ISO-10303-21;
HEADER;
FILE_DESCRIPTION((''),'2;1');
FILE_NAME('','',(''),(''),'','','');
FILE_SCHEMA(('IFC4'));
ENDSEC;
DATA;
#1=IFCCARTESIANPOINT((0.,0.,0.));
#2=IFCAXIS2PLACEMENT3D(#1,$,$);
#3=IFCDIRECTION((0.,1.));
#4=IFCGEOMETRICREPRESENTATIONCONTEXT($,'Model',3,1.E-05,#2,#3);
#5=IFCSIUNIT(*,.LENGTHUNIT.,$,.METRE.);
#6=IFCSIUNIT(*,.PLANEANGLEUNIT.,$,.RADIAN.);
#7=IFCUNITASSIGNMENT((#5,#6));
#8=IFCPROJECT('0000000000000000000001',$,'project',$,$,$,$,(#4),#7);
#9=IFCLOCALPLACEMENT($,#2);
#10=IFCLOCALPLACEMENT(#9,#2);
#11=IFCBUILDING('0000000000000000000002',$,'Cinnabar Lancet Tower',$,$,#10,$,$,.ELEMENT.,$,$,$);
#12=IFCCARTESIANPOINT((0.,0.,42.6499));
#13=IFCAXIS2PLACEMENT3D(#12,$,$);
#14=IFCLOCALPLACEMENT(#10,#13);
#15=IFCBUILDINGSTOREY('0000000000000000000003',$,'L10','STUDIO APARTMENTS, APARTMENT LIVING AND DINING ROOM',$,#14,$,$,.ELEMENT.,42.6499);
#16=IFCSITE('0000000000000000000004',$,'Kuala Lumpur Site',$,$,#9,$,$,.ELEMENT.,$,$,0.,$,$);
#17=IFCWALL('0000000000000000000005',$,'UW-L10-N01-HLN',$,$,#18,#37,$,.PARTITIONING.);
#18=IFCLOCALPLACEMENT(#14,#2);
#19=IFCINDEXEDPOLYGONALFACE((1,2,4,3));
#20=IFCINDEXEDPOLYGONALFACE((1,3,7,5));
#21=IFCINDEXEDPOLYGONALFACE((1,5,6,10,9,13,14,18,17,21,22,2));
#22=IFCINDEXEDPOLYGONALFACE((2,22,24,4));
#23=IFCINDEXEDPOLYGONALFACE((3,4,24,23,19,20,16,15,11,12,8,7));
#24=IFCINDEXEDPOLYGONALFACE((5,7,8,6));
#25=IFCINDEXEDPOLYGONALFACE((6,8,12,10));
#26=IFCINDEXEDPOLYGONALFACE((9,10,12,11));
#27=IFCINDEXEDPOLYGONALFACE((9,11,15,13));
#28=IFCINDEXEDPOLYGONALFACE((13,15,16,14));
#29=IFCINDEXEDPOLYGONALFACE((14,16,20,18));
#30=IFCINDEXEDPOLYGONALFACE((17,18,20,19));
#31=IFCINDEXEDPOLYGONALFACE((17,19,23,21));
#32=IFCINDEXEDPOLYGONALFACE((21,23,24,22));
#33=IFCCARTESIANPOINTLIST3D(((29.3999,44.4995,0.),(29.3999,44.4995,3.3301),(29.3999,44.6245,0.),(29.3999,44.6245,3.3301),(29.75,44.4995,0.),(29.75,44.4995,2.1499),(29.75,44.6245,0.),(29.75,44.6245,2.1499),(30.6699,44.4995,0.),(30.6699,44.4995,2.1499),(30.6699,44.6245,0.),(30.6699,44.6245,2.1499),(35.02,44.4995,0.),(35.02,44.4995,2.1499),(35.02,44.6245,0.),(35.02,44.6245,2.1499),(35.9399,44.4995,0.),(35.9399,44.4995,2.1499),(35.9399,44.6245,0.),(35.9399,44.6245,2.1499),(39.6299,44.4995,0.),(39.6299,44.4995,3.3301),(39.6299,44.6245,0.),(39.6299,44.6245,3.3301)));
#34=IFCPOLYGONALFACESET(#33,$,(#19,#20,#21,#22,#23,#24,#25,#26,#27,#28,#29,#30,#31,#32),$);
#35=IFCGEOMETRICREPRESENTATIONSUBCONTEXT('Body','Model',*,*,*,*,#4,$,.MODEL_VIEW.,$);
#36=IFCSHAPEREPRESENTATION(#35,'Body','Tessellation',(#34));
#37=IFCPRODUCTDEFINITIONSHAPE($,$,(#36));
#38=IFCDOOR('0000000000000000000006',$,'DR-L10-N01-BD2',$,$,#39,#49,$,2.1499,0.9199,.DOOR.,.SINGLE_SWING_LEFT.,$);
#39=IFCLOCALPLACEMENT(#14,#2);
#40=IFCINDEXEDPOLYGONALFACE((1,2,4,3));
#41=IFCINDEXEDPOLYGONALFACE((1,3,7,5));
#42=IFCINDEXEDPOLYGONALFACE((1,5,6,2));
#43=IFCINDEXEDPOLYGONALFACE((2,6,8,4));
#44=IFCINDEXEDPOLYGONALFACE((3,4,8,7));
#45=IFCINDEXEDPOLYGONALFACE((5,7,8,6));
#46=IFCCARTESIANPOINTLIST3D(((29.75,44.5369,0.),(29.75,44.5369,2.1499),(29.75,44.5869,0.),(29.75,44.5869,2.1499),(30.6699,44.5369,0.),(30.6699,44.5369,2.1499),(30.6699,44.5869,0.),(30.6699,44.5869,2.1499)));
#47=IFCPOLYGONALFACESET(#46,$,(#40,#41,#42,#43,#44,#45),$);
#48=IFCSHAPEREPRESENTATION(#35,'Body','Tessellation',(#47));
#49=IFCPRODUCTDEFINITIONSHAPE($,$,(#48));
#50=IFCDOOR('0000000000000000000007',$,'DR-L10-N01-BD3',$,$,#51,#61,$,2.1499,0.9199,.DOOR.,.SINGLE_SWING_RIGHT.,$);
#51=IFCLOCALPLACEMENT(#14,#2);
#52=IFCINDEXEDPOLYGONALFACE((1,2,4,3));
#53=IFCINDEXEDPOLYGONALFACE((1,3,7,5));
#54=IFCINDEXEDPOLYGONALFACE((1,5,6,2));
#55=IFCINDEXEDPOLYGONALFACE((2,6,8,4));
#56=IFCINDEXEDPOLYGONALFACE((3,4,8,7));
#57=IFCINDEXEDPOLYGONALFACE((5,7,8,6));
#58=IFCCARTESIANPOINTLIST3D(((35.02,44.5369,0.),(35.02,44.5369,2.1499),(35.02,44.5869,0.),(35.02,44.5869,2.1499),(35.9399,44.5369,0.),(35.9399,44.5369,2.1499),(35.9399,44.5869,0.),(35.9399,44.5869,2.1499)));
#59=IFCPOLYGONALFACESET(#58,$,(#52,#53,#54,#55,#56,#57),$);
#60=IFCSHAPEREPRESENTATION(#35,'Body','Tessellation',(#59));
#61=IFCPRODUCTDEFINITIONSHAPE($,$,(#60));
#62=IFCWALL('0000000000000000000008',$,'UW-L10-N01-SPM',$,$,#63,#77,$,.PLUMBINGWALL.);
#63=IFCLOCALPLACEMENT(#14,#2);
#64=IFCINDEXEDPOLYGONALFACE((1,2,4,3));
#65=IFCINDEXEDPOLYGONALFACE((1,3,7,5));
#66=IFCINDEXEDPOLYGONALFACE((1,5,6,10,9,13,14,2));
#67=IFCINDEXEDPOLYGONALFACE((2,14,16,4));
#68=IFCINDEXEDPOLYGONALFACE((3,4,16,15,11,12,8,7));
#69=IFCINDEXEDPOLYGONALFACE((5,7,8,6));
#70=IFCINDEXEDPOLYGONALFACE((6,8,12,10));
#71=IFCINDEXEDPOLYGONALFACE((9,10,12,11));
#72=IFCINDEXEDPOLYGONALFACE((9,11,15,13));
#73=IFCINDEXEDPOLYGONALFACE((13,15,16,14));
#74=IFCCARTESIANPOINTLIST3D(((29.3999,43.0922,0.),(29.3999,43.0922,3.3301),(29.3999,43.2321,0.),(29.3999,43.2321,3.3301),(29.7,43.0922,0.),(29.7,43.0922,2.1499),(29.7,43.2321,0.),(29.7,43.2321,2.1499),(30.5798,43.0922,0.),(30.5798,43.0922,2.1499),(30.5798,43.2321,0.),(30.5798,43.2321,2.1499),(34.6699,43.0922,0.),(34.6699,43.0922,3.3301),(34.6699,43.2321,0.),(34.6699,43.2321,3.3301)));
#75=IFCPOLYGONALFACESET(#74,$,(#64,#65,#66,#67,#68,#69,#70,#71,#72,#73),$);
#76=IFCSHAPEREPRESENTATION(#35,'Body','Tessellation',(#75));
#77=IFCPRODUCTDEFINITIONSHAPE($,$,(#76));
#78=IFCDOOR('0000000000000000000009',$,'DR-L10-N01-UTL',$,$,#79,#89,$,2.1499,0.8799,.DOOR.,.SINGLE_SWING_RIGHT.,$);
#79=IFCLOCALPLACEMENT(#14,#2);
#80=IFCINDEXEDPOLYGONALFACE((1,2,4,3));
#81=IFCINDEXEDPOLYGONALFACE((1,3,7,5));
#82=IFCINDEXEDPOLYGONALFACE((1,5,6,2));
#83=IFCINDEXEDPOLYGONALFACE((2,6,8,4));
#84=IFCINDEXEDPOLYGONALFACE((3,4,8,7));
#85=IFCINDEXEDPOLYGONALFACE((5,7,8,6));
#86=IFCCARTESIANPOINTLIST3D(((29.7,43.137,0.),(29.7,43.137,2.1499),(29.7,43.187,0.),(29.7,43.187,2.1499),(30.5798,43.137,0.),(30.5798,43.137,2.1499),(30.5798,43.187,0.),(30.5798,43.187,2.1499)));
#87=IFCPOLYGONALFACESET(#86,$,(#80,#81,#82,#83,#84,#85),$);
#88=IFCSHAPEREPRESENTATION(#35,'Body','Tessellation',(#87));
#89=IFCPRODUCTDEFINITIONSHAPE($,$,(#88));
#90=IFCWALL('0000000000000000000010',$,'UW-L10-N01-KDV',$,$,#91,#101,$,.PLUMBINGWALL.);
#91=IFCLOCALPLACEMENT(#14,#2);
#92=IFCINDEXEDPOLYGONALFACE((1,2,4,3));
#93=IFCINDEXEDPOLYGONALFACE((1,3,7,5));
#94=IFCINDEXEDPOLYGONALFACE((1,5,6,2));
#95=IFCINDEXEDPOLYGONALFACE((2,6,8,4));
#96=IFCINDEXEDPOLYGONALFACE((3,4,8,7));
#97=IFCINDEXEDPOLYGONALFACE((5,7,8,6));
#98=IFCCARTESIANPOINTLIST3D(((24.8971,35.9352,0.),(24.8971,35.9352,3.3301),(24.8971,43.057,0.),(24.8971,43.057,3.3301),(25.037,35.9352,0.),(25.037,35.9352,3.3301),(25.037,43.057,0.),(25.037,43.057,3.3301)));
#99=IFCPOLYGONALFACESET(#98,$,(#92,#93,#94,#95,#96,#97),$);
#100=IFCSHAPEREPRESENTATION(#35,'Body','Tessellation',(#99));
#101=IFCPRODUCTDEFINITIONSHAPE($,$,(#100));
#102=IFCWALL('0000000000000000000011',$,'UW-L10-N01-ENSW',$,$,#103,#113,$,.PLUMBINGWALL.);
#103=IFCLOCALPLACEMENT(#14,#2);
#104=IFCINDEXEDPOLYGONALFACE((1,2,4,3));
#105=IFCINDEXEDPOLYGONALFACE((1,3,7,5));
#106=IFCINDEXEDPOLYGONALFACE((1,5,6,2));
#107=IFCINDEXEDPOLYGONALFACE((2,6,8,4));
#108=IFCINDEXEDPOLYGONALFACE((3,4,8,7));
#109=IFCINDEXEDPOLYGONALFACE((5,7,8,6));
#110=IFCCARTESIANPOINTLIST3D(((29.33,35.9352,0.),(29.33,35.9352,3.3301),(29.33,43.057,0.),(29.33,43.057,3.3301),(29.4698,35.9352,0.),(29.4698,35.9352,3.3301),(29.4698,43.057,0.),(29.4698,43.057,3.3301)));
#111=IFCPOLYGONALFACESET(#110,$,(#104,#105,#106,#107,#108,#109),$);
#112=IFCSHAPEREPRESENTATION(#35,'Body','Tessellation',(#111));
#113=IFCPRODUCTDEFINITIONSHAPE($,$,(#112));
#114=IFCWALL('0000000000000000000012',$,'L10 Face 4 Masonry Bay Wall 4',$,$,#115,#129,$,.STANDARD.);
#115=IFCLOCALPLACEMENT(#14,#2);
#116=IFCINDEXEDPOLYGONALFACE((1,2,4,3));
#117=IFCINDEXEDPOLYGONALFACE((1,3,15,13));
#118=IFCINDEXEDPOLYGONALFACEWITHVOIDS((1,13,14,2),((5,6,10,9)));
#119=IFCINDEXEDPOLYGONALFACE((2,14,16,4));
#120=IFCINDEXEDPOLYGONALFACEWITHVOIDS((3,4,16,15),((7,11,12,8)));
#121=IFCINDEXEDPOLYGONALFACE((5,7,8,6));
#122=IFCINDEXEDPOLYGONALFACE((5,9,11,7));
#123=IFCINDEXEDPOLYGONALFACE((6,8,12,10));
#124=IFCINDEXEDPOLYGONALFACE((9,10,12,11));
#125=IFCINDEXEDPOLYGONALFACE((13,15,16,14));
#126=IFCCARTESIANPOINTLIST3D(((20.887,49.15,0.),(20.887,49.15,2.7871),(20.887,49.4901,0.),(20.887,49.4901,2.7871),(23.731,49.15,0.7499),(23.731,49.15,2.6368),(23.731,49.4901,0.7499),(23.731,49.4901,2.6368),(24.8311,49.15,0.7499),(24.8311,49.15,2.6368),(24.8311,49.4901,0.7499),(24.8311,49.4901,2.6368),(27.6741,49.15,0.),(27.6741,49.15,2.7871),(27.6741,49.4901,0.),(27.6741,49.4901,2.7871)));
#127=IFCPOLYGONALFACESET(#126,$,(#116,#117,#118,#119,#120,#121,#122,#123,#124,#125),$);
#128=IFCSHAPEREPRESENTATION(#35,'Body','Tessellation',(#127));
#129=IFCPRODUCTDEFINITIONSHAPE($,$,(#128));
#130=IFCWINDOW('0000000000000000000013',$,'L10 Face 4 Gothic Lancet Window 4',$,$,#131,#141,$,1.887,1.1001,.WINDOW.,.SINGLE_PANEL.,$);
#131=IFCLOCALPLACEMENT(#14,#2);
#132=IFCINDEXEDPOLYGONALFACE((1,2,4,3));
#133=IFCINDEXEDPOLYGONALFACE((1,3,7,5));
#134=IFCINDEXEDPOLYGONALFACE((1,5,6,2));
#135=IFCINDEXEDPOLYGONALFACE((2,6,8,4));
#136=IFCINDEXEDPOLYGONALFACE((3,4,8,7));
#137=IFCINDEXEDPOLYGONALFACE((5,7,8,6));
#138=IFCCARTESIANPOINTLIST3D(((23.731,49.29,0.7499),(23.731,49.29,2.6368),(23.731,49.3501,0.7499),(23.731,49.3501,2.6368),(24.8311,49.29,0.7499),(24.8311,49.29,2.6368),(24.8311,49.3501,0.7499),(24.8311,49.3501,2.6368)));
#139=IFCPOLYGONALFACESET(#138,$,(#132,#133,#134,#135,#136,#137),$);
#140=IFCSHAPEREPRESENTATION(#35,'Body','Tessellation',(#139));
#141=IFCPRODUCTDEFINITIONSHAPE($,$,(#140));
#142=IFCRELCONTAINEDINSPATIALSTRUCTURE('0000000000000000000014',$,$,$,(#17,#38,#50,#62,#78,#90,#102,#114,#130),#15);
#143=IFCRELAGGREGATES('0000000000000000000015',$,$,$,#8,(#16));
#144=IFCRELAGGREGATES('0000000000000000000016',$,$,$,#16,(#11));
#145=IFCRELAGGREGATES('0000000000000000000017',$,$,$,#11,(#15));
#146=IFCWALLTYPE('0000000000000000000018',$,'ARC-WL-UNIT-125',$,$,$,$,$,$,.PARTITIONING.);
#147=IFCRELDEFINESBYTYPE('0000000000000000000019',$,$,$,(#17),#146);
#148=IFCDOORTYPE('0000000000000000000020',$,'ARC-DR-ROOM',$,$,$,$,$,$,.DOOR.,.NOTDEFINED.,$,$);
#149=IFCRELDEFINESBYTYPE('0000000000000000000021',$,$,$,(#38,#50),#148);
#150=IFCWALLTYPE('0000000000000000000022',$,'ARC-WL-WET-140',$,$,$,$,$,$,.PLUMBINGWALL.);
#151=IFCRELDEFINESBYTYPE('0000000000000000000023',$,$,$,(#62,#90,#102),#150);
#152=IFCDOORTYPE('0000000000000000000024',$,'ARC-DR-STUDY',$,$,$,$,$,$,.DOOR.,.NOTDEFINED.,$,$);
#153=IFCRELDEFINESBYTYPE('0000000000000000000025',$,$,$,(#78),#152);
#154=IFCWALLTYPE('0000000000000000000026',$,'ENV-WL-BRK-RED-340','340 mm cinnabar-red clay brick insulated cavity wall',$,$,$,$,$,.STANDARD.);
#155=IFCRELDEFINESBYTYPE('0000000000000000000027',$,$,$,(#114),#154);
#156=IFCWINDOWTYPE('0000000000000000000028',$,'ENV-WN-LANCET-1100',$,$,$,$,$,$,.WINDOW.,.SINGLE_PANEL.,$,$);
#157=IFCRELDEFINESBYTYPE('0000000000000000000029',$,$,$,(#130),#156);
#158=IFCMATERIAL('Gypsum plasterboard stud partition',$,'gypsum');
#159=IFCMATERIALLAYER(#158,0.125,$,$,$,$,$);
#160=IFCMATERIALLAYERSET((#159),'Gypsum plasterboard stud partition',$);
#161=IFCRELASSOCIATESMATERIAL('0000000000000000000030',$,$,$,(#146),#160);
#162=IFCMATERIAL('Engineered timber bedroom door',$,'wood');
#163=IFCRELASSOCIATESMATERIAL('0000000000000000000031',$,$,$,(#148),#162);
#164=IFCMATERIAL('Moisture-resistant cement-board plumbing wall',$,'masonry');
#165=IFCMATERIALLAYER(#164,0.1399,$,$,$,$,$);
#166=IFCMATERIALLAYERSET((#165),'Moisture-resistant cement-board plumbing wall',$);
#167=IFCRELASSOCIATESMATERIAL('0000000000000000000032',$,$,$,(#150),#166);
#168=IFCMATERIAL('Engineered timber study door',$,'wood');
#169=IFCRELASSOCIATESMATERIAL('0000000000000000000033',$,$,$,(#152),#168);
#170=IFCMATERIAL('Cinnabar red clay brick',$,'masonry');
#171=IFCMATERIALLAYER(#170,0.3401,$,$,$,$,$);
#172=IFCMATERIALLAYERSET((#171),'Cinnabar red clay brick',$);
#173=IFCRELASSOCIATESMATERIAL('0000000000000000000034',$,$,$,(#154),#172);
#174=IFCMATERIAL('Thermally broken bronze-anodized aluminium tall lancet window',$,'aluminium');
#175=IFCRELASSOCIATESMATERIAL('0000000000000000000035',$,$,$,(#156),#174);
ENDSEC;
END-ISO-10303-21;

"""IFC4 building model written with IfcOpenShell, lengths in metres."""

from ifc_helpers import new_model, si_unit, direction, frame, frame_2d, origin, place, context, subcontext, project, spatial, rectangle, extrude, material, layer, layer_set, type_object, element, fill, save


model = new_model("IFC4")

# Units and contexts
model_context = context("Model", 3, precision=1e-05, world=origin(), true_north=direction((0.0, 1.0)))
body_context = subcontext(model_context, "Body", "Model", "MODEL_VIEW")
ifc_project = project(units=[si_unit("LENGTHUNIT", "METRE"), si_unit("PLANEANGLEUNIT", "RADIAN")], contexts=[model_context])

# Site, building, storey
site_placement = place(None, origin())
site = spatial("IfcSite", under=ifc_project, at=site_placement, Name="Kuala Lumpur Site", CompositionType="ELEMENT", RefElevation=0.0)
building_placement = place(site_placement, origin())
building = spatial("IfcBuilding", under=site, at=building_placement, Name="Cinnabar Lancet Tower", CompositionType="ELEMENT")
storey_placement = place(building_placement, frame((0.0, 0.0, 42.6499)))
storey = spatial("IfcBuildingStorey", under=building, at=storey_placement, Name="L10", Description="STUDIO APARTMENTS, APARTMENT LIVING AND DINING ROOM", CompositionType="ELEMENT", Elevation=42.6499)

# Shared definitions
ifc_material_1 = material(Name="Gypsum plasterboard stud partition", Category="gypsum")
ifc_layer_1 = layer(ifc_material_1, 0.125)
ifc_layer_set_1 = layer_set([ifc_layer_1], Name="Gypsum plasterboard stud partition")
wall_type_1 = type_object("IfcWallType", Name="ARC-WL-UNIT-125", PredefinedType="PARTITIONING", material=ifc_layer_set_1)

# Wall, openings, doors
wall_1_placement = place(storey_placement, frame((29.3999, 44.562, 0.0), z_axis=(0.0, 0.0, 1.0), x_axis=(1.0, 0.0, 0.0)))
wall_1 = element("IfcWall", 1, at=wall_1_placement, inside=storey, type_object=wall_type_1, Name="UW-L10-N01-HLN", PredefinedType="PARTITIONING", context=body_context, shape_type="SweptSolid", body=[
    extrude(rectangle(XDim=10.23, YDim=0.125, at=frame_2d((5.115, 0.0))), origin(), (0.0, 0.0, 1.0), 3.3301),
])
opening_1_placement = place(wall_1_placement, frame((0.3501, 0.0, 0.0)))
opening_1 = element("IfcOpeningElement", 2, at=opening_1_placement, cuts=wall_1, PredefinedType="OPENING", context=body_context, shape_type="SweptSolid", body=[
    extrude(rectangle(XDim=0.9199, YDim=2.1499, at=frame_2d((0.46, 1.075))), frame((0.0, 0.0725, 0.0), z_axis=(0.0, -1.0, 0.0), x_axis=(1.0, 0.0, 0.0)), (0.0, 0.0, 1.0), 0.145),
])
opening_2_placement = place(wall_1_placement, frame((5.6201, 0.0, 0.0)))
opening_2 = element("IfcOpeningElement", 3, at=opening_2_placement, cuts=wall_1, PredefinedType="OPENING", context=body_context, shape_type="SweptSolid", body=[
    extrude(rectangle(XDim=0.9199, YDim=2.1499, at=frame_2d((0.46, 1.075))), frame((0.0, 0.0725, 0.0), z_axis=(0.0, -1.0, 0.0), x_axis=(1.0, 0.0, 0.0)), (0.0, 0.0, 1.0), 0.145),
])
ifc_material_2 = material(Name="Engineered timber bedroom door", Category="wood")
door_type_1 = type_object("IfcDoorType", Name="ARC-DR-ROOM", OperationType="NOTDEFINED", PredefinedType="DOOR", material=ifc_material_2)
door_1_placement = place(opening_1_placement, origin())
door_1 = element("IfcDoor", 4, at=door_1_placement, inside=storey, type_object=door_type_1, Name="DR-L10-N01-BD2", OperationType="SINGLE_SWING_LEFT", OverallHeight=2.1499, OverallWidth=0.9199, PredefinedType="DOOR", context=body_context, shape_type="SweptSolid", body=[
    extrude(rectangle(XDim=0.9199, YDim=2.1499, at=frame_2d((0.46, 1.075))), frame((0.0, 0.0249, 0.0), z_axis=(0.0, -1.0, 0.0), x_axis=(1.0, 0.0, 0.0)), (0.0, 0.0, 1.0), 0.05),
])
fill(opening_1, door_1)
door_2_placement = place(opening_2_placement, origin())
door_2 = element("IfcDoor", 5, at=door_2_placement, inside=storey, type_object=door_type_1, Name="DR-L10-N01-BD3", OperationType="SINGLE_SWING_RIGHT", OverallHeight=2.1499, OverallWidth=0.9199, PredefinedType="DOOR", context=body_context, shape_type="SweptSolid", body=[
    extrude(rectangle(XDim=0.9199, YDim=2.1499, at=frame_2d((0.46, 1.075))), frame((0.0, 0.0249, 0.0), z_axis=(0.0, -1.0, 0.0), x_axis=(1.0, 0.0, 0.0)), (0.0, 0.0, 1.0), 0.05),
])
fill(opening_2, door_2)
ifc_material_3 = material(Name="Moisture-resistant cement-board plumbing wall", Category="masonry")
ifc_layer_2 = layer(ifc_material_3, 0.1399)
ifc_layer_set_2 = layer_set([ifc_layer_2], Name="Moisture-resistant cement-board plumbing wall")
wall_type_2 = type_object("IfcWallType", Name="ARC-WL-WET-140", PredefinedType="PLUMBINGWALL", material=ifc_layer_set_2)
ifc_material_4 = material(Name="Engineered timber study door", Category="wood")
door_type_2 = type_object("IfcDoorType", Name="ARC-DR-STUDY", OperationType="NOTDEFINED", PredefinedType="DOOR", material=ifc_material_4)

# Wall, opening, door
wall_2_placement = place(storey_placement, frame((29.3999, 43.1621, 0.0), z_axis=(0.0, 0.0, 1.0), x_axis=(1.0, 0.0, 0.0)))
wall_2 = element("IfcWall", 6, at=wall_2_placement, inside=storey, type_object=wall_type_2, Name="UW-L10-N01-SPM", PredefinedType="PLUMBINGWALL", context=body_context, shape_type="SweptSolid", body=[
    extrude(rectangle(XDim=5.27, YDim=0.1399, at=frame_2d((2.635, 0.0))), origin(), (0.0, 0.0, 1.0), 3.3301),
])
opening_3_placement = place(wall_2_placement, frame((0.3, 0.0, 0.0)))
opening_3 = element("IfcOpeningElement", 7, at=opening_3_placement, cuts=wall_2, PredefinedType="OPENING", context=body_context, shape_type="SweptSolid", body=[
    extrude(rectangle(XDim=0.8799, YDim=2.1499, at=frame_2d((0.4399, 1.075))), frame((0.0, 0.0798, 0.0), z_axis=(0.0, -1.0, 0.0), x_axis=(1.0, 0.0, 0.0)), (0.0, 0.0, 1.0), 0.1599),
])
door_3_placement = place(opening_3_placement, origin())
door_3 = element("IfcDoor", 8, at=door_3_placement, inside=storey, type_object=door_type_2, Name="DR-L10-N01-UTL", OperationType="SINGLE_SWING_RIGHT", OverallHeight=2.1499, OverallWidth=0.8799, PredefinedType="DOOR", context=body_context, shape_type="SweptSolid", body=[
    extrude(rectangle(XDim=0.8799, YDim=2.1499, at=frame_2d((0.4399, 1.075))), frame((0.0, 0.0249, 0.0), z_axis=(0.0, -1.0, 0.0), x_axis=(1.0, 0.0, 0.0)), (0.0, 0.0, 1.0), 0.05),
])
fill(opening_3, door_3)

# Walls
for number, where, z_axis, x_axis, name in (
    (9, (24.967, 35.9351, 0.0), (0.0, 0.0, 1.0), (0.0, 1.0, 0.0), "UW-L10-N01-KDV"),
    (10, (29.3999, 35.9351, 0.0), (0.0, 0.0, 1.0), (0.0, 1.0, 0.0), "UW-L10-N01-ENSW"),
):
    element("IfcWall", number, at=place(storey_placement, frame(where, z_axis=z_axis, x_axis=x_axis)), inside=storey, type_object=wall_type_2, Name=name, PredefinedType="PLUMBINGWALL", context=body_context, shape_type="SweptSolid", body=[
        extrude(rectangle(XDim=7.1218, YDim=0.1399, at=frame_2d((3.561, 0.0))), origin(), (0.0, 0.0, 1.0), 3.3301),
    ])

# Wall, opening, window
ifc_material_5 = material(Name="Cinnabar red clay brick", Category="masonry")
ifc_layer_3 = layer(ifc_material_5, 0.3401)
ifc_layer_set_3 = layer_set([ifc_layer_3], Name="Cinnabar red clay brick")
wall_type_3 = type_object("IfcWallType", Name="ENV-WL-BRK-RED-340", Description="340 mm cinnabar-red clay brick insulated cavity wall", PredefinedType="STANDARD", material=ifc_layer_set_3)
wall_3_placement = place(storey_placement, frame((27.6741, 49.3201, 0.0), z_axis=(0.0, 0.0, 1.0), x_axis=(-1.0, 0.0, 0.0)))
wall_3 = element("IfcWall", 11, at=wall_3_placement, inside=storey, type_object=wall_type_3, Name="L10 Face 4 Masonry Bay Wall 4", PredefinedType="STANDARD", context=body_context, shape_type="SweptSolid", body=[
    extrude(rectangle(XDim=6.7871, YDim=0.3401, at=frame_2d((3.3936, 0.0))), origin(), (0.0, 0.0, 1.0), 2.7871),
])
opening_4_placement = place(wall_3_placement, frame((2.843, 0.0, 0.75)))
opening_4 = element("IfcOpeningElement", 12, at=opening_4_placement, cuts=wall_3, PredefinedType="OPENING", context=body_context, shape_type="SweptSolid", body=[
    extrude(rectangle(XDim=1.1001, YDim=1.887, at=frame_2d((0.55, 0.9434))), frame((0.0, 0.1799, 0.0), z_axis=(0.0, -1.0, 0.0), x_axis=(1.0, 0.0, 0.0)), (0.0, 0.0, 1.0), 0.3601),
])
ifc_material_6 = material(Name="Thermally broken bronze-anodized aluminium tall lancet window", Category="aluminium")
window_type = type_object("IfcWindowType", Name="ENV-WN-LANCET-1100", PartitioningType="SINGLE_PANEL", PredefinedType="WINDOW", material=ifc_material_6)
window_placement = place(opening_4_placement, origin())
window = element("IfcWindow", 13, at=window_placement, inside=storey, type_object=window_type, Name="L10 Face 4 Gothic Lancet Window 4", OverallHeight=1.887, OverallWidth=1.1001, PartitioningType="SINGLE_PANEL", PredefinedType="WINDOW", context=body_context, shape_type="SweptSolid", body=[
    extrude(rectangle(XDim=1.1001, YDim=1.887, at=frame_2d((0.55, 0.9434))), frame((0.0, 0.03, 0.0), z_axis=(0.0, -1.0, 0.0), x_axis=(1.0, 0.0, 0.0)), (0.0, 0.0, 1.0), 0.0601),
])
fill(opening_4, window)

save(model, "model.ifc")
